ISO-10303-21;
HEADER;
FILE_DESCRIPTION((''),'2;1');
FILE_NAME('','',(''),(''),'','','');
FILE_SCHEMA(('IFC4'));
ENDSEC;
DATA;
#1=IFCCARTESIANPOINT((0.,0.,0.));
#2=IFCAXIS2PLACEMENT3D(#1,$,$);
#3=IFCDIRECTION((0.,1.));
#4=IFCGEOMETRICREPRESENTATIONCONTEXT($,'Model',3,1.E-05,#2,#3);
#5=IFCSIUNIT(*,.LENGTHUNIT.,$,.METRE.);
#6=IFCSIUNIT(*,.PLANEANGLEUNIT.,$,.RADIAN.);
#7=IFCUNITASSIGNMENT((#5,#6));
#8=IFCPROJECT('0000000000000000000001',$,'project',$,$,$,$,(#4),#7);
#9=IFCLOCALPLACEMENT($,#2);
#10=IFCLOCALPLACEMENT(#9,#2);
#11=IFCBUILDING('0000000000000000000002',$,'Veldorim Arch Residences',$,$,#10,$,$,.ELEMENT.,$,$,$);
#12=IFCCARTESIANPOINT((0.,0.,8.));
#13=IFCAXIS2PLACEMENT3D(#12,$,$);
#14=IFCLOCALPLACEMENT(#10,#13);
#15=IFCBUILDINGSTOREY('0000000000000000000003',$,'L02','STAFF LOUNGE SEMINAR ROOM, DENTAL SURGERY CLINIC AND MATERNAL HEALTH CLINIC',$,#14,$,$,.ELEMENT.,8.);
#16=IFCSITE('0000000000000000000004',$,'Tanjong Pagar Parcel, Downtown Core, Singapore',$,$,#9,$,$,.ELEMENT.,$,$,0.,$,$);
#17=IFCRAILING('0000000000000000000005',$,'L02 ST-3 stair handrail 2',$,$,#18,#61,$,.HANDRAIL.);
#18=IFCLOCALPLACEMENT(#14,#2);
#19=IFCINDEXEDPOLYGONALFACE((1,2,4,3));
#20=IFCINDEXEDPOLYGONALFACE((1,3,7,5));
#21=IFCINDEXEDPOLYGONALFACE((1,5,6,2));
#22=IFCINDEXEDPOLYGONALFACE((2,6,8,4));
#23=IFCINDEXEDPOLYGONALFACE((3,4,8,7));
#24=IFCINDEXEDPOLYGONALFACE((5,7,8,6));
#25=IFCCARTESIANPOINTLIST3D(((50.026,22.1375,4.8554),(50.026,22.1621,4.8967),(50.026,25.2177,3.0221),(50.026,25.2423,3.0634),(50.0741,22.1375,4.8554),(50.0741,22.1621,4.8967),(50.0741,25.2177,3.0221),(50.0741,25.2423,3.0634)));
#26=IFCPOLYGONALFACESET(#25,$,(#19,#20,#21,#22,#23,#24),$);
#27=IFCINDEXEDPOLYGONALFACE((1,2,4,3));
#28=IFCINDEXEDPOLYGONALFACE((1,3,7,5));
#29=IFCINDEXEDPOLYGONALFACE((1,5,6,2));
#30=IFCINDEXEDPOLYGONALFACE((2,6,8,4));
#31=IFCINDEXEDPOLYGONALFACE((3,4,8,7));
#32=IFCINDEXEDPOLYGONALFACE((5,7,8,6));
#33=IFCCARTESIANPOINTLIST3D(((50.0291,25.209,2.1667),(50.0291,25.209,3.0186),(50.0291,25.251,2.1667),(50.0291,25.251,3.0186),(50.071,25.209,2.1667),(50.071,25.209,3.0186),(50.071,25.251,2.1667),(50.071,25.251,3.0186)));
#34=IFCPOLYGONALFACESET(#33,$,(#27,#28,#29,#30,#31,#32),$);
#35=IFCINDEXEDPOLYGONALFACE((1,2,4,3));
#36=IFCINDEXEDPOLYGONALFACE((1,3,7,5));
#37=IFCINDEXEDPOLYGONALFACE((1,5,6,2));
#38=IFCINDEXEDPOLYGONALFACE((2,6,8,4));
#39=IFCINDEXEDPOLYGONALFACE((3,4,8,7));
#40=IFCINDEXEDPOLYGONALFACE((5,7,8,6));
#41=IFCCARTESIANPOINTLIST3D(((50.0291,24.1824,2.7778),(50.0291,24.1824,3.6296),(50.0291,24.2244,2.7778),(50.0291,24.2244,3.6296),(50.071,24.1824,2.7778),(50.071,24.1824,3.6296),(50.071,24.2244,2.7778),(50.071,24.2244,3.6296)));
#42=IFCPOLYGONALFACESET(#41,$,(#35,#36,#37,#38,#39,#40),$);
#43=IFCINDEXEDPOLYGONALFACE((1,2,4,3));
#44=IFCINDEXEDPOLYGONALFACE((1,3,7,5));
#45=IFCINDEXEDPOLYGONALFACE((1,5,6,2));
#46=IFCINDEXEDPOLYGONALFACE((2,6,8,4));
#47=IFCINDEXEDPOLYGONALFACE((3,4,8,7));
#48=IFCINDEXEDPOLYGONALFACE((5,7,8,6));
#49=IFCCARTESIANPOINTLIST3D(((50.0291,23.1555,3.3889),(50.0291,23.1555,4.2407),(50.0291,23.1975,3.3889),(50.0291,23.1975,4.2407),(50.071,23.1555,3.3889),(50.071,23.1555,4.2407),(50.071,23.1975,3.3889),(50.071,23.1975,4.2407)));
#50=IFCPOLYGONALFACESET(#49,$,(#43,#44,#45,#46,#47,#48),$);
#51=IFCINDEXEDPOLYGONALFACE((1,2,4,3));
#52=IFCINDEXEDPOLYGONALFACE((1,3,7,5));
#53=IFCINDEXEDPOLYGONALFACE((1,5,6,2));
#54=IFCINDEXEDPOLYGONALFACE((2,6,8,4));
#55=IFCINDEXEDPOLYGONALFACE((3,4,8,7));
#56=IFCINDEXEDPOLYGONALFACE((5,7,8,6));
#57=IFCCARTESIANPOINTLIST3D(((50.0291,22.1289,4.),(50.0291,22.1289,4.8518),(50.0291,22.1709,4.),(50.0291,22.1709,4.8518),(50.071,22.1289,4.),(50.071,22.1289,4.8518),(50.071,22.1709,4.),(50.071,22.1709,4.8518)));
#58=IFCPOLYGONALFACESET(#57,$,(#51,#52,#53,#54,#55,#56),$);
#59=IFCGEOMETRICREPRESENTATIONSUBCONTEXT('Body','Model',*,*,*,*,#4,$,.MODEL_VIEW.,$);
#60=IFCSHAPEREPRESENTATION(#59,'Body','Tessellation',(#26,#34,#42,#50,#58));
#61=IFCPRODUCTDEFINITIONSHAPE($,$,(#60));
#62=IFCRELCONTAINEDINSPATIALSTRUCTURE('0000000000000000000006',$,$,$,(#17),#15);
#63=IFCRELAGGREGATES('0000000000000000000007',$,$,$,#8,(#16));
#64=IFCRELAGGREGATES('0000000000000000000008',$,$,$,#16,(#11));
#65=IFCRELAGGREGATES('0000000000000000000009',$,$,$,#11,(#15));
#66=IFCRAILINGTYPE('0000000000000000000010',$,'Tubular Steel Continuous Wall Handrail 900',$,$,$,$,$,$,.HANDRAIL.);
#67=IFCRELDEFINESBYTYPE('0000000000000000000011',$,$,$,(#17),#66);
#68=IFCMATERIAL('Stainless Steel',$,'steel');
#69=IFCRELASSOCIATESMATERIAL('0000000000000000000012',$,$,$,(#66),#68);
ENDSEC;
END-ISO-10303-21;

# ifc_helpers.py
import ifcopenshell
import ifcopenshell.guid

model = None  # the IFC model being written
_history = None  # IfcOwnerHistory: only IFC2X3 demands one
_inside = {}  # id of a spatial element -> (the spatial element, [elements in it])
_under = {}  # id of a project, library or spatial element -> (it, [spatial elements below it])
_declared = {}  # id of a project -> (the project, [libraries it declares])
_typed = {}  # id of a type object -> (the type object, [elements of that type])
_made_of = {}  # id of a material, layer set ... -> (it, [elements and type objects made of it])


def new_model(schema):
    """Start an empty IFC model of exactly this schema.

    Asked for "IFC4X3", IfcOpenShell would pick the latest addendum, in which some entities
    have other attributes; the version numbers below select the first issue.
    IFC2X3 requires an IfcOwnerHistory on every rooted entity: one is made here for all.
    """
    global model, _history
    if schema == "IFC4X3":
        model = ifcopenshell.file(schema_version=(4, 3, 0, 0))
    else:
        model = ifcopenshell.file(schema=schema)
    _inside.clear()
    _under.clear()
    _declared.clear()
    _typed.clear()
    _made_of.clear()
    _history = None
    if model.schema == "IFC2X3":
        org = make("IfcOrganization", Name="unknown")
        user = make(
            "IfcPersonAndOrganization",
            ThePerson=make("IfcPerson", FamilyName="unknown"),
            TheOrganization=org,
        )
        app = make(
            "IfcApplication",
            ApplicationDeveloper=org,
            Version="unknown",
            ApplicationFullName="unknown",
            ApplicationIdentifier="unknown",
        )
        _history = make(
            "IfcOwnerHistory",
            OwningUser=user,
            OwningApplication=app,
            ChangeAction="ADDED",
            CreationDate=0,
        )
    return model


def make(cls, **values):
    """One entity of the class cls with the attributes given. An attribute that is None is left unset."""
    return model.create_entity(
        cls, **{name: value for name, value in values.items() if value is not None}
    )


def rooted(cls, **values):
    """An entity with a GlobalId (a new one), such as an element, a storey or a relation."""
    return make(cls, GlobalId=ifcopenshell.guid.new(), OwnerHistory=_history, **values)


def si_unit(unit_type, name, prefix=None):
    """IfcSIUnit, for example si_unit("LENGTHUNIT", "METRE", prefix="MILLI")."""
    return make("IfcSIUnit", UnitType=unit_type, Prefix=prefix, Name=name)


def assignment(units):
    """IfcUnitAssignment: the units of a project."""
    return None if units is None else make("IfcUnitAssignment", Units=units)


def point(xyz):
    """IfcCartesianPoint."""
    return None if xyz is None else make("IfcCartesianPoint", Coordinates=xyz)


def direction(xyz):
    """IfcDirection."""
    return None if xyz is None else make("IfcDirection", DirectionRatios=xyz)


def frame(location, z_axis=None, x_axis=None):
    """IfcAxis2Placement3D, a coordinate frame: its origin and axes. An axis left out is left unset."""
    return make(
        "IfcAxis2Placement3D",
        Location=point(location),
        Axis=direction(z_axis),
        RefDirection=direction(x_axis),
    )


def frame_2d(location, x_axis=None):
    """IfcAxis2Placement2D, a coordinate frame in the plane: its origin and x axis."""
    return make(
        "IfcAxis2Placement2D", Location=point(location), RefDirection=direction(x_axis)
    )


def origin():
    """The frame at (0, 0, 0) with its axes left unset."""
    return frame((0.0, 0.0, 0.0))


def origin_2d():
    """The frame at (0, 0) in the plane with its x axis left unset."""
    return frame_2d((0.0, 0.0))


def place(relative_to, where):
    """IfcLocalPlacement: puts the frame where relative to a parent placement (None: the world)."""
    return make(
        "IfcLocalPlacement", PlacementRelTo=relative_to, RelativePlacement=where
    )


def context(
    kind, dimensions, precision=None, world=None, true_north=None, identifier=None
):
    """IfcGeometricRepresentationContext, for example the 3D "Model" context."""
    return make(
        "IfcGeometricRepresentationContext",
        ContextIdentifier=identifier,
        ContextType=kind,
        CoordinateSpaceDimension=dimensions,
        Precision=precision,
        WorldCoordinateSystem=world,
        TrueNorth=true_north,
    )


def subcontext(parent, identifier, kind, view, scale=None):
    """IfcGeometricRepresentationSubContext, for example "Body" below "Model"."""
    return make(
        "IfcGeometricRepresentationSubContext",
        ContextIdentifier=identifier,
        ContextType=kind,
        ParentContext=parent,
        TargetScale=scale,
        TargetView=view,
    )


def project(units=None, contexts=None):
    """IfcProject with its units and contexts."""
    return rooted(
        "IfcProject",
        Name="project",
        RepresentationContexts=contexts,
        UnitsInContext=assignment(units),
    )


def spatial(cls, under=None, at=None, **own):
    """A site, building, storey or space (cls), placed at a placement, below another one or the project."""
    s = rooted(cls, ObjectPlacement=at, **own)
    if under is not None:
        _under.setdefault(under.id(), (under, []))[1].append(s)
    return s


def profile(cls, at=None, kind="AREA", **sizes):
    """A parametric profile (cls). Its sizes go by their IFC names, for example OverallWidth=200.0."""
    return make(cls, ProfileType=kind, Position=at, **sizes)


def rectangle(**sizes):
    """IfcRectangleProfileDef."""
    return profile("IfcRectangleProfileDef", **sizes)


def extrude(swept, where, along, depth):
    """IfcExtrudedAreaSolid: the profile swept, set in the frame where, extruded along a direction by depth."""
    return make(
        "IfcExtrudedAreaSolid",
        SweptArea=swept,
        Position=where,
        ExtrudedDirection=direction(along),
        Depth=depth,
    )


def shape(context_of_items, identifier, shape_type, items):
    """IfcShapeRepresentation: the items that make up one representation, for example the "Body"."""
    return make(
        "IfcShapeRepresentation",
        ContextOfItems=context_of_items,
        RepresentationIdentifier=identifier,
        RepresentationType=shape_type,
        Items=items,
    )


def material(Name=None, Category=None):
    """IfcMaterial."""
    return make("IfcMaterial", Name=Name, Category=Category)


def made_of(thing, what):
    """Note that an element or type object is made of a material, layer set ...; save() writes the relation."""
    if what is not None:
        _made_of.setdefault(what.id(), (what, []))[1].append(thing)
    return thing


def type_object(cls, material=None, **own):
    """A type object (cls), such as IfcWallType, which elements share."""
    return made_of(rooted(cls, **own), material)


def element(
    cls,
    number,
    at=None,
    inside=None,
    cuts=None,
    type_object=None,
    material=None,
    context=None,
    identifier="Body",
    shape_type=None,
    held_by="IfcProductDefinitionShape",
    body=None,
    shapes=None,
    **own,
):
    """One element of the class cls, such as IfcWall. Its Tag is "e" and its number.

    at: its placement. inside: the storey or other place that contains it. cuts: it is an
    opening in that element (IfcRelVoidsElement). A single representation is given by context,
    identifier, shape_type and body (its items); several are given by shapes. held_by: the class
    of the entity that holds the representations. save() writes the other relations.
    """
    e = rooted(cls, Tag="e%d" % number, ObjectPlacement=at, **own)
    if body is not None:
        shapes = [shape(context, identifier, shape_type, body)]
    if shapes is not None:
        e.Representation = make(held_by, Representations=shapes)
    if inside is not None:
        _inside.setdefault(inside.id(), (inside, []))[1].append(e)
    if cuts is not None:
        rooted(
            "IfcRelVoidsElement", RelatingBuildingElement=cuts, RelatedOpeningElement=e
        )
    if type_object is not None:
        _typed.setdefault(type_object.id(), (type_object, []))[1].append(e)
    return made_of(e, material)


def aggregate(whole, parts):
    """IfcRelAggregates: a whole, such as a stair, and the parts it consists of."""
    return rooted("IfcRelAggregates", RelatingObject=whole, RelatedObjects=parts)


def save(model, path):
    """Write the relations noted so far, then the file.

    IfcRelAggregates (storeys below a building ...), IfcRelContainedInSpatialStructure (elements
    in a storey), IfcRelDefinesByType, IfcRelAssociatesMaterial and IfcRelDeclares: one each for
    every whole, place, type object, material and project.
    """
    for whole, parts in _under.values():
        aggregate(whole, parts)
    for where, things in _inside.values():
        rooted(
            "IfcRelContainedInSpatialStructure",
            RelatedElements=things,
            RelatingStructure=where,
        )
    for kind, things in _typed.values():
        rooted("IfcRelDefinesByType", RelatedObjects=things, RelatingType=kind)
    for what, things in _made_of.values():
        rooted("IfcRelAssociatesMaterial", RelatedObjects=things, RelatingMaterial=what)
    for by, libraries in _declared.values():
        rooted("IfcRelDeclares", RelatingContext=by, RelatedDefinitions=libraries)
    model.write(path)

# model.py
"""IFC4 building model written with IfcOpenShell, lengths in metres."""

from ifc_helpers import new_model, si_unit, direction, frame, origin, origin_2d, place, context, subcontext, project, spatial, rectangle, extrude, material, type_object, element, save


model = new_model("IFC4")

# Units and contexts
model_context = context("Model", 3, precision=1e-05, world=origin(), true_north=direction((0.0, 1.0)))
body_context = subcontext(model_context, "Body", "Model", "MODEL_VIEW")
ifc_project = project(units=[si_unit("LENGTHUNIT", "METRE"), si_unit("PLANEANGLEUNIT", "RADIAN")], contexts=[model_context])

# Site, building, storey
site_placement = place(None, origin())
site = spatial("IfcSite", under=ifc_project, at=site_placement, Name="Tanjong Pagar Parcel, Downtown Core, Singapore", CompositionType="ELEMENT", RefElevation=0.0)
building_placement = place(site_placement, origin())
building = spatial("IfcBuilding", under=site, at=building_placement, Name="Veldorim Arch Residences", CompositionType="ELEMENT")
storey_placement = place(building_placement, frame((0.0, 0.0, 8.0)))
storey = spatial("IfcBuildingStorey", under=building, at=storey_placement, Name="L02", Description="STAFF LOUNGE SEMINAR ROOM, DENTAL SURGERY CLINIC AND MATERNAL HEALTH CLINIC", CompositionType="ELEMENT", Elevation=8.0)

# Railing
ifc_material_1 = material(Name="Stainless Steel", Category="steel")
railing_type_1 = type_object("IfcRailingType", Name="Tubular Steel Continuous Wall Handrail 900", PredefinedType="HANDRAIL", material=ifc_material_1)
railing_1_placement = place(storey_placement, frame((50.05, 25.23, 2.1667)))
element("IfcRailing", 1, at=railing_1_placement, inside=storey, type_object=railing_type_1, Name="L02 ST-3 stair handrail 2", PredefinedType="HANDRAIL", context=body_context, shape_type="SweptSolid", body=[
    extrude(rectangle(XDim=0.0481, YDim=0.0481, at=origin_2d()), frame((0.0, 0.0, 0.876), z_axis=(0.0, -0.859309, 0.511458), x_axis=(1.0, 0.0, 0.0)), (0.0, 0.0, 1.0), 3.5845),
    extrude(rectangle(XDim=0.042, YDim=0.042, at=origin_2d()), origin(), (0.0, 0.0, 1.0), 0.8518),
    extrude(rectangle(XDim=0.042, YDim=0.042, at=origin_2d()), frame((0.0, -1.0266, 0.6111)), (0.0, 0.0, 1.0), 0.8518),
    extrude(rectangle(XDim=0.042, YDim=0.042, at=origin_2d()), frame((0.0, -2.0535, 1.2222)), (0.0, 0.0, 1.0), 0.8518),
    extrude(rectangle(XDim=0.042, YDim=0.042, at=origin_2d()), frame((0.0, -3.0801, 1.8333)), (0.0, 0.0, 1.0), 0.8518),
])

save(model, "model.ifc")
